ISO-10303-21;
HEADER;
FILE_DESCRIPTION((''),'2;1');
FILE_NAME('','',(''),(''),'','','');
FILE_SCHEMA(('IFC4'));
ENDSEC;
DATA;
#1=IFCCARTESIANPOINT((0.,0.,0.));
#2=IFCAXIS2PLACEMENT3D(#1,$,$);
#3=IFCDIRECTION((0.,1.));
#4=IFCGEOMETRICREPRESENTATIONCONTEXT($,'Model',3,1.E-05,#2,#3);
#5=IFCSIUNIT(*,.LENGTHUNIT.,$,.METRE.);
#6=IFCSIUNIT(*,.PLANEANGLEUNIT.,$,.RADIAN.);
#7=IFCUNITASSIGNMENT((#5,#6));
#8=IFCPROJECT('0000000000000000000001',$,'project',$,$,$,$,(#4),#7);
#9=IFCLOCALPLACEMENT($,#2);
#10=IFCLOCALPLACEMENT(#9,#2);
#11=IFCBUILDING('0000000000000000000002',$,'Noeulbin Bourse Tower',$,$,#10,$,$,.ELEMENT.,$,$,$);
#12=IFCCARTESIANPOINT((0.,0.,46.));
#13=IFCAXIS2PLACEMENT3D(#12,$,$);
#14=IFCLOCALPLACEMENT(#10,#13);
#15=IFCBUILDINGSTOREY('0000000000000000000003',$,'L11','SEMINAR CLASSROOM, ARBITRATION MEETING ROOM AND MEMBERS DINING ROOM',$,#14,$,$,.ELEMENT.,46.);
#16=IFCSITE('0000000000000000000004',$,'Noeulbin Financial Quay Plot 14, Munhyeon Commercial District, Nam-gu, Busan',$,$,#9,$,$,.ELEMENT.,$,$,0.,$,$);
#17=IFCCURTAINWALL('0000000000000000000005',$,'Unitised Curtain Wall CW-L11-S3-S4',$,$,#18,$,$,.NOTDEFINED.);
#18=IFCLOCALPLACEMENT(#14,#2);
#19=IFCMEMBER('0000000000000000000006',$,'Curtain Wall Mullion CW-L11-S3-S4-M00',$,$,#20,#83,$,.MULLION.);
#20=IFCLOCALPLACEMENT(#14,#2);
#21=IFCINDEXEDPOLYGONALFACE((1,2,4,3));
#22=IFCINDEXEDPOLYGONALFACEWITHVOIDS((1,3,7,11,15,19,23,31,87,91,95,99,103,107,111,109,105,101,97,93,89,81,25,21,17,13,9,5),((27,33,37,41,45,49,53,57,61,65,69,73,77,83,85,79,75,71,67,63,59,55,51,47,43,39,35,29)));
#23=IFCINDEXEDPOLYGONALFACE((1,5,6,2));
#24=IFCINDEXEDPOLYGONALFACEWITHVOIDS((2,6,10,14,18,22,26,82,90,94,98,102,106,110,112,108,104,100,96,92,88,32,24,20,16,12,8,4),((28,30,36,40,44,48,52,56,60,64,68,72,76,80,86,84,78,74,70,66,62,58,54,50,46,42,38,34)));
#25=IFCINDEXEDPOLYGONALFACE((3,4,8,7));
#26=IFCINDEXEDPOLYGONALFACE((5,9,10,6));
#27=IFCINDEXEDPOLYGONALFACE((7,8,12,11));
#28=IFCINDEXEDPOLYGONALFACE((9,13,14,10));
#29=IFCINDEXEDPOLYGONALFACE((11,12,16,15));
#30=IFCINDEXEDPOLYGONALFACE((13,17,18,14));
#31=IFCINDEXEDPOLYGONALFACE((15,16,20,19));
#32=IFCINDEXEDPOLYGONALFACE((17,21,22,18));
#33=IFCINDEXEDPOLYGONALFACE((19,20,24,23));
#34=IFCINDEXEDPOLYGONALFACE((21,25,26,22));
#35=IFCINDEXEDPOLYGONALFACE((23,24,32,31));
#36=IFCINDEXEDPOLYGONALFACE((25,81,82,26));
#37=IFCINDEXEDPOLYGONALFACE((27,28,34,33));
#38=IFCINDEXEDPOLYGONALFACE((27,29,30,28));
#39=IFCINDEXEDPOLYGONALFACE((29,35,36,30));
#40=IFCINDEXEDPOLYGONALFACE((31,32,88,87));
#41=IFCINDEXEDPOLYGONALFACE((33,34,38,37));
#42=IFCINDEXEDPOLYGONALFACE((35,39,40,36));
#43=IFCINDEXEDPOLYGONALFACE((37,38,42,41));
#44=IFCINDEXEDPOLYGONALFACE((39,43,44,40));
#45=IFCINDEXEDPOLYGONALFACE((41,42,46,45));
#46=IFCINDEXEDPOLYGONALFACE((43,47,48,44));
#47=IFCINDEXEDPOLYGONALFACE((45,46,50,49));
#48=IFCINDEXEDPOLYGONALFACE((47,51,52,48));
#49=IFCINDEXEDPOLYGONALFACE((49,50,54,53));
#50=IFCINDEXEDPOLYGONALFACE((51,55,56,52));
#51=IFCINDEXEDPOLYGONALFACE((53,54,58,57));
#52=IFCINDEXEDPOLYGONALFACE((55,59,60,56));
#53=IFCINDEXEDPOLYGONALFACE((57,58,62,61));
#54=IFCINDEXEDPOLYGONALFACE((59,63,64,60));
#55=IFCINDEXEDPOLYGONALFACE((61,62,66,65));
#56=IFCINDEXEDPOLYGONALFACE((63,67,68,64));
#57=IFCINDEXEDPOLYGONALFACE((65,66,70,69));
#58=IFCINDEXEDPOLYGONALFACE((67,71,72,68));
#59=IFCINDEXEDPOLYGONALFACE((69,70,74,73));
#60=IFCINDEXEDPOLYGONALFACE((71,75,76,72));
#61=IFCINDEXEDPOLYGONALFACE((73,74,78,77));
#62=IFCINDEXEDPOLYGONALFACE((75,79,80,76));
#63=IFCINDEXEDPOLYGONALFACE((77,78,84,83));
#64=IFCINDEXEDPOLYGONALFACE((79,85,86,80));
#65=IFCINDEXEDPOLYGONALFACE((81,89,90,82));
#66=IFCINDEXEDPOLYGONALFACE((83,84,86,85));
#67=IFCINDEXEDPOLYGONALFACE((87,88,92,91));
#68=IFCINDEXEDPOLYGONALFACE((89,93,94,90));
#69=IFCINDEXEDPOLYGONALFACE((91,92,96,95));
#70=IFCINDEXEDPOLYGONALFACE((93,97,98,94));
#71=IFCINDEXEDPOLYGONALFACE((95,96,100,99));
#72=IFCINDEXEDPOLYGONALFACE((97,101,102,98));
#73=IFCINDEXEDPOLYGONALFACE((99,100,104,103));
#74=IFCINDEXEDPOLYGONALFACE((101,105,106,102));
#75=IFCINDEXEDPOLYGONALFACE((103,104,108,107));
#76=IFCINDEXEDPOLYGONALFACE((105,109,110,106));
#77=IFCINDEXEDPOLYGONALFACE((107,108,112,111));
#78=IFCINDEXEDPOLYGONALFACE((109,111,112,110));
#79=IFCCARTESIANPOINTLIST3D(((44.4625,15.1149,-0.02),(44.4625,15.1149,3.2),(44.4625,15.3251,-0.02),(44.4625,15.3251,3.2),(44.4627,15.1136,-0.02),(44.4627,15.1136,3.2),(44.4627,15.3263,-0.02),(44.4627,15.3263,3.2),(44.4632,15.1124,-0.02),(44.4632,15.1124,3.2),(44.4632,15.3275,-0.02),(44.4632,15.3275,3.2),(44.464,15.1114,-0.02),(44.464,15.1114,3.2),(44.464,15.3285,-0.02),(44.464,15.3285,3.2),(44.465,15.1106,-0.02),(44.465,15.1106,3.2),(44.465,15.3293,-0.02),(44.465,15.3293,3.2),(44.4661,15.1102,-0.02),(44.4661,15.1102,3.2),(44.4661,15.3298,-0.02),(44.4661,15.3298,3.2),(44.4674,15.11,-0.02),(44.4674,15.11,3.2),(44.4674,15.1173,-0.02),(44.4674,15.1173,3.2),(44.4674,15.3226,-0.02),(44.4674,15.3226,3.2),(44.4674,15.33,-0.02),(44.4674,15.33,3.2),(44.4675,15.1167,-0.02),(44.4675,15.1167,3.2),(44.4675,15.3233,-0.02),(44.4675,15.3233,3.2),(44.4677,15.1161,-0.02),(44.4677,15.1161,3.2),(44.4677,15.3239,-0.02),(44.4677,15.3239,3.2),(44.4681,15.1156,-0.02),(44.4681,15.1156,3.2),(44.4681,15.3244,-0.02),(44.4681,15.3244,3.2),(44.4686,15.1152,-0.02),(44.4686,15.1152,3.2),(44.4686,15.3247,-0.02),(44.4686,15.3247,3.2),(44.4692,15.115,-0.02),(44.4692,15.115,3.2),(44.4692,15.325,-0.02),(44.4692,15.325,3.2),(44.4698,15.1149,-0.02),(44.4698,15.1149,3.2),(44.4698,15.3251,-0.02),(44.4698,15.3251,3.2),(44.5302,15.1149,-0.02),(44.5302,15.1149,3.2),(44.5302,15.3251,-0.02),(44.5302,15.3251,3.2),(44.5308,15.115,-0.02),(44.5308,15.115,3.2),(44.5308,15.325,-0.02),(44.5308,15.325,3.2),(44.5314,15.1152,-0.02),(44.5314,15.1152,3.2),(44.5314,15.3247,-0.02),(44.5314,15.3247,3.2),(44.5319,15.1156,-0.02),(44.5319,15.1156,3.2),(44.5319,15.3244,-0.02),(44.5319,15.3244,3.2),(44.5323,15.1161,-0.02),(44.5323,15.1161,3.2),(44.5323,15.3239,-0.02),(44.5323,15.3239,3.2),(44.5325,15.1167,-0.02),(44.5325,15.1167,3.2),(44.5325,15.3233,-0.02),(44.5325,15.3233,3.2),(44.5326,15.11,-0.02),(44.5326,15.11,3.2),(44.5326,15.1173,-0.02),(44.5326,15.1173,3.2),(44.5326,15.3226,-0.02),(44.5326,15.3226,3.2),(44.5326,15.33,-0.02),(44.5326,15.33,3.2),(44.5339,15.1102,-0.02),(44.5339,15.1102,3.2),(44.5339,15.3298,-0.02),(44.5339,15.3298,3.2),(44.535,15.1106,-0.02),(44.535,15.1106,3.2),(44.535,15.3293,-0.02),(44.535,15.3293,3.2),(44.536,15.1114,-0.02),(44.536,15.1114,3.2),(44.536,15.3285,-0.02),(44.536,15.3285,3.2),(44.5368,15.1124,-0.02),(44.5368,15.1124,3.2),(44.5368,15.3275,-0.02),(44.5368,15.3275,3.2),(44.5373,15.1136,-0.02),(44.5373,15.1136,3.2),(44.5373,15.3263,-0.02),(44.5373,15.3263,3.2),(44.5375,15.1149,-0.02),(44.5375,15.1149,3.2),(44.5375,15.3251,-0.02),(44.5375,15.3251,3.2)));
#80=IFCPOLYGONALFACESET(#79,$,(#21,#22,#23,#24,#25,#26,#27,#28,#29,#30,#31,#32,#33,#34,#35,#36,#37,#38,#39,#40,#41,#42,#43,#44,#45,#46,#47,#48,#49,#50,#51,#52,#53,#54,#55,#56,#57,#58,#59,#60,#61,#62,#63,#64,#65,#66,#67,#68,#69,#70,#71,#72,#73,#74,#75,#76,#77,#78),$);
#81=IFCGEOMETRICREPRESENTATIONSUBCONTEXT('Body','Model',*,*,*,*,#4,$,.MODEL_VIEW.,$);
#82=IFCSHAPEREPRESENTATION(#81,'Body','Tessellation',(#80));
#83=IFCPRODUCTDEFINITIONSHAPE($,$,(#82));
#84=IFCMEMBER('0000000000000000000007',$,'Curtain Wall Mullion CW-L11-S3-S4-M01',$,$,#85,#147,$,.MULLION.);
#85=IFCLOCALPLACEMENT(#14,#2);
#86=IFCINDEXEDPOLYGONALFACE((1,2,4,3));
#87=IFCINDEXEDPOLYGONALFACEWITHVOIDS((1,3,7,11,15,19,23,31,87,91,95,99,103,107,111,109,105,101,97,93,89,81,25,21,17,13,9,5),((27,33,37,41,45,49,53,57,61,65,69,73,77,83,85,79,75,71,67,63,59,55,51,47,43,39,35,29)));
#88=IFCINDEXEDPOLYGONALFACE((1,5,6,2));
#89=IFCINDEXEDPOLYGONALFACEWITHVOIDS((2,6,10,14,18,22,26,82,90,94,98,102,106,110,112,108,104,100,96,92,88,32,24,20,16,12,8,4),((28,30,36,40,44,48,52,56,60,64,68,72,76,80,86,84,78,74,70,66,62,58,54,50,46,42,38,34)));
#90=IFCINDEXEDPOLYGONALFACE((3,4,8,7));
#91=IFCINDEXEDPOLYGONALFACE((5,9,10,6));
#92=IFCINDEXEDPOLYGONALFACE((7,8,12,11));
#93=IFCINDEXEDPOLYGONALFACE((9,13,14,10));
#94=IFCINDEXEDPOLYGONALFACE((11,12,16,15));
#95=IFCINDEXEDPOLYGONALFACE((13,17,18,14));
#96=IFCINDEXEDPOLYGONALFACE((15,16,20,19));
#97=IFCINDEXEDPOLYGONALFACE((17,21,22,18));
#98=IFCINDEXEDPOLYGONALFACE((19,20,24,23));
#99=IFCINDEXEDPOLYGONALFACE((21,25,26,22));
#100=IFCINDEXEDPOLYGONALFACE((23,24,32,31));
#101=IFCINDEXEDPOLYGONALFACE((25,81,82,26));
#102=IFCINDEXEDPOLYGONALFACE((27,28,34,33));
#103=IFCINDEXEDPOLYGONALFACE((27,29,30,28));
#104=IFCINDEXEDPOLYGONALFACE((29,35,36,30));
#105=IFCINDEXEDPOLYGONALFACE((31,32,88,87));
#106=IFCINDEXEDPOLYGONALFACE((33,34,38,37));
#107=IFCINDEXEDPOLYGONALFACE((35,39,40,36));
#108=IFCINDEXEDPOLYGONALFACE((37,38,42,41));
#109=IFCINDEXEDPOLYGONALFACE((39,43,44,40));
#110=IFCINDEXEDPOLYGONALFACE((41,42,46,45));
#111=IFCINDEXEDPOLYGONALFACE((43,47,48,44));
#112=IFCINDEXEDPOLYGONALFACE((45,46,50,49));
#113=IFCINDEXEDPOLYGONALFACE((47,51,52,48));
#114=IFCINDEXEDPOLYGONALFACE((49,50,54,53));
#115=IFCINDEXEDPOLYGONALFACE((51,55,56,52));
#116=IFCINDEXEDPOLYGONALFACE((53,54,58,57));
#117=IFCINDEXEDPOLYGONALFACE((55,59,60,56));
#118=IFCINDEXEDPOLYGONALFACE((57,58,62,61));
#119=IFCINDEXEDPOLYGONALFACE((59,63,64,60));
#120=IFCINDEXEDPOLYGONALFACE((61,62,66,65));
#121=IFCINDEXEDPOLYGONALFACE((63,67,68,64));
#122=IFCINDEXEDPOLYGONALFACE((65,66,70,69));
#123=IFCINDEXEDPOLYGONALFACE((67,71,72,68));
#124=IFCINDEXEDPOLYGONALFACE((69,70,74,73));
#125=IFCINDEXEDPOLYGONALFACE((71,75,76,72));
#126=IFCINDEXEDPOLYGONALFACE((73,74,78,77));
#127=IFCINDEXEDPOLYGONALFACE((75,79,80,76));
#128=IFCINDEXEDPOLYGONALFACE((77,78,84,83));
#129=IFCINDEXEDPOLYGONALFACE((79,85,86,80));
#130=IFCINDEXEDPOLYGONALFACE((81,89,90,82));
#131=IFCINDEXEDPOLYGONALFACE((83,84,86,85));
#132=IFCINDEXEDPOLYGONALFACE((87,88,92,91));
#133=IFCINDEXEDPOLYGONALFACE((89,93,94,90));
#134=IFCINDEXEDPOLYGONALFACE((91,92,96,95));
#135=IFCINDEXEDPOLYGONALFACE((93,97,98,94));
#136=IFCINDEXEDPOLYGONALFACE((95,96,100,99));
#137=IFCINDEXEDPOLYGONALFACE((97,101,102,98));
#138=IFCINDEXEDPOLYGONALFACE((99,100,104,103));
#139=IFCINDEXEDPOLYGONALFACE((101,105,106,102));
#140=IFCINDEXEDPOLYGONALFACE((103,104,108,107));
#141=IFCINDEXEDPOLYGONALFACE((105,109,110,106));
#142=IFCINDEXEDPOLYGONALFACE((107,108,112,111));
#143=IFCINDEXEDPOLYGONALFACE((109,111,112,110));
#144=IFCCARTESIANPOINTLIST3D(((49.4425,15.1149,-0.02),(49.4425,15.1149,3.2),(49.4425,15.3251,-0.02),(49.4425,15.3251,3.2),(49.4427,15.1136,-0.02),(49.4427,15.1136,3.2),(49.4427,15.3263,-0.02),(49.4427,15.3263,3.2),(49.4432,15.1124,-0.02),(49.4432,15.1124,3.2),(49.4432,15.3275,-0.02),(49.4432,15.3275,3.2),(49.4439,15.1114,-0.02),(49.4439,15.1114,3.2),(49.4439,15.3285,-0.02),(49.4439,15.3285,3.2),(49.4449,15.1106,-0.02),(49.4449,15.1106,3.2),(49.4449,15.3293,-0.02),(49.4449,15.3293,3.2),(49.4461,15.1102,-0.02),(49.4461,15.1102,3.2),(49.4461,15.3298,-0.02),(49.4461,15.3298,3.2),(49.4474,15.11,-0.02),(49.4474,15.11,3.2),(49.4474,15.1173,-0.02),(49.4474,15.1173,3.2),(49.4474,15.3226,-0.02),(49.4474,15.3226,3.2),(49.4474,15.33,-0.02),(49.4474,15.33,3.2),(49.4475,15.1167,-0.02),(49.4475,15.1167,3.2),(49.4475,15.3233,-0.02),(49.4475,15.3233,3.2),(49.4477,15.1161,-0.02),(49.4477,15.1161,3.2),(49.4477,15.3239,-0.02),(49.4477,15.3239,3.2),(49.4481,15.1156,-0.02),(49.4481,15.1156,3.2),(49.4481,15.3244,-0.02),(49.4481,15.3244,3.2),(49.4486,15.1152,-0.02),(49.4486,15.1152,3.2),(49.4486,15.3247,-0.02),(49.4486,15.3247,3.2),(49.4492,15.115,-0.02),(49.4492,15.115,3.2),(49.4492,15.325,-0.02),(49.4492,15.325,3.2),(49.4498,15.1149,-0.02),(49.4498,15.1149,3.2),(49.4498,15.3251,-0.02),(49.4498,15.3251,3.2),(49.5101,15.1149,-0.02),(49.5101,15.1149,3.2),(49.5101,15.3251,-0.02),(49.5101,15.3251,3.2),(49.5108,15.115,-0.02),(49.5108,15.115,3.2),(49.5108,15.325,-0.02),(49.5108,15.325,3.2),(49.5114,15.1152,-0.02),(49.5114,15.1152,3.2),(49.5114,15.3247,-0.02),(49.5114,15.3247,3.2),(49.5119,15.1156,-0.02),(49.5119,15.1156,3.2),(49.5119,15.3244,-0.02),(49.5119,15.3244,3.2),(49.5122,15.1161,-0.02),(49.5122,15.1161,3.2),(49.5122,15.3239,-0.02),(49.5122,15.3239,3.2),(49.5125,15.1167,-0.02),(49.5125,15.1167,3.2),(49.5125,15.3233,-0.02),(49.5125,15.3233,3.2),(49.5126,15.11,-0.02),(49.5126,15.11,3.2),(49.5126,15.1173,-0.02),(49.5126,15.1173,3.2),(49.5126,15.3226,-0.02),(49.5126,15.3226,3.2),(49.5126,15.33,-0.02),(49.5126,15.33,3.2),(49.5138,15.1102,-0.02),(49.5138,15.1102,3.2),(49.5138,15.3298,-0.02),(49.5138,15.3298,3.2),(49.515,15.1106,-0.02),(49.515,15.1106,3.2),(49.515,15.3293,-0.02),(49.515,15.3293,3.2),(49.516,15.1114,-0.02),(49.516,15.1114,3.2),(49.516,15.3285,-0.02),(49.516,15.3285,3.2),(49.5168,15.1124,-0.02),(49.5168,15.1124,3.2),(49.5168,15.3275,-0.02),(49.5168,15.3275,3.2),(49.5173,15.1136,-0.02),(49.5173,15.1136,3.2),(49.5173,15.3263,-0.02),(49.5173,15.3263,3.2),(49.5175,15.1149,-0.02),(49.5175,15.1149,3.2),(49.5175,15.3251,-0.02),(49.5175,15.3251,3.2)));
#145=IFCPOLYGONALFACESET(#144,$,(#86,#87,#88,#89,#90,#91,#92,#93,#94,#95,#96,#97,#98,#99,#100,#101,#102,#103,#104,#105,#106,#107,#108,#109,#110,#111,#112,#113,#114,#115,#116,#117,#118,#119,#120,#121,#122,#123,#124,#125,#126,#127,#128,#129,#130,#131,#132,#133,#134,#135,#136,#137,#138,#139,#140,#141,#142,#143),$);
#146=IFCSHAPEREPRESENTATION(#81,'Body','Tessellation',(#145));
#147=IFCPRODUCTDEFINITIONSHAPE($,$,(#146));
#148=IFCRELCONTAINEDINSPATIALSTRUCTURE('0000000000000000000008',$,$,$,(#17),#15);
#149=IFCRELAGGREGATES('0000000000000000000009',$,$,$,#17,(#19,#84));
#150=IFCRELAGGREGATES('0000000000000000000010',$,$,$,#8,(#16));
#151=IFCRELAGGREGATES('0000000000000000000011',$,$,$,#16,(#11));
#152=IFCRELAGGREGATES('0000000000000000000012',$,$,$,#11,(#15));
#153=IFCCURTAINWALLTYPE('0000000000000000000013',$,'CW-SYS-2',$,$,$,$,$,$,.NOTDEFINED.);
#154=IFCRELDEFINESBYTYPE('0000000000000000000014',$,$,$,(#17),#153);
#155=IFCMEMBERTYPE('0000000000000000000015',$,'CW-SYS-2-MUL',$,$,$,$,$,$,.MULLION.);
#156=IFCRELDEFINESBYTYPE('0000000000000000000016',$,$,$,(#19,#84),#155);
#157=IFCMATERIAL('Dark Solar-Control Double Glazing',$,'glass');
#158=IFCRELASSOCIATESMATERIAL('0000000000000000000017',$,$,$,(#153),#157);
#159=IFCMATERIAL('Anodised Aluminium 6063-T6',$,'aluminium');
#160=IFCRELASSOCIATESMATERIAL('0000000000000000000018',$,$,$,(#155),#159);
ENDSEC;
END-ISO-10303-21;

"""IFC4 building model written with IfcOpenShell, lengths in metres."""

from ifc_helpers import new_model, si_unit, direction, frame, origin, origin_2d, place, context, subcontext, project, spatial, hollow_rectangle, extrude, material, material_profile, profile_set, type_object, element, aggregate, save


model = new_model("IFC4")

# Units and contexts
model_context = context("Model", 3, precision=1e-05, world=origin(), true_north=direction((0.0, 1.0)))
body_context = subcontext(model_context, "Body", "Model", "MODEL_VIEW")
ifc_project = project(units=[si_unit("LENGTHUNIT", "METRE"), si_unit("PLANEANGLEUNIT", "RADIAN")], contexts=[model_context])

# Site, building, storey
site_placement = place(None, origin())
site = spatial("IfcSite", under=ifc_project, at=site_placement, Name="Noeulbin Financial Quay Plot 14, Munhyeon Commercial District, Nam-gu, Busan", CompositionType="ELEMENT", RefElevation=0.0)
building_placement = place(site_placement, origin())
building = spatial("IfcBuilding", under=site, at=building_placement, Name="Noeulbin Bourse Tower", CompositionType="ELEMENT")
storey_placement = place(building_placement, frame((0.0, 0.0, 46.0)))
storey = spatial("IfcBuildingStorey", under=building, at=storey_placement, Name="L11", Description="SEMINAR CLASSROOM, ARBITRATION MEETING ROOM AND MEMBERS DINING ROOM", CompositionType="ELEMENT", Elevation=46.0)

# Curtain wall, members
ifc_material_1 = material(Name="Dark Solar-Control Double Glazing", Category="glass")
curtain_wall_type = type_object("IfcCurtainWallType", Name="CW-SYS-2", PredefinedType="NOTDEFINED", material=ifc_material_1)
curtain_wall_1_placement = place(storey_placement, origin())
curtain_wall_1 = element("IfcCurtainWall", 1, at=curtain_wall_1_placement, inside=storey, type_object=curtain_wall_type, Name="Unitised Curtain Wall CW-L11-S3-S4", PredefinedType="NOTDEFINED")
ifc_material_2 = material(Name="Anodised Aluminium 6063-T6", Category="aluminium")
ifc_material_profile_1 = material_profile(ifc_material_2, hollow_rectangle(XDim=0.075, YDim=0.22, WallThickness=0.0049, InnerFilletRadius=0.0024, OuterFilletRadius=0.0049, at=origin_2d()), Name="ALU-MULL-75x220x5", Category="LoadBearing")
ifc_profile_set_1 = profile_set([ifc_material_profile_1], Name="Anodised Aluminium 6063-T6")
member_type_1 = type_object("IfcMemberType", Name="CW-SYS-2-MUL", PredefinedType="MULLION", material=ifc_profile_set_1)
member_1_placement = place(storey_placement, frame((44.5, 15.22, -0.02), z_axis=(0.0, 0.0, 1.0), x_axis=(1.0, 0.0, 0.0)))
member_1 = element("IfcMember", 2, at=member_1_placement, type_object=member_type_1, Name="Curtain Wall Mullion CW-L11-S3-S4-M00", PredefinedType="MULLION", context=body_context, shape_type="SweptSolid", body=[
    extrude(hollow_rectangle(XDim=0.075, YDim=0.22, WallThickness=0.0049, InnerFilletRadius=0.0024, OuterFilletRadius=0.0049, at=origin_2d()), origin(), (0.0, 0.0, 1.0), 3.22),
])
member_2_placement = place(storey_placement, frame((49.48, 15.22, -0.02), z_axis=(0.0, 0.0, 1.0), x_axis=(1.0, 0.0, 0.0)))
member_2 = element("IfcMember", 3, at=member_2_placement, type_object=member_type_1, Name="Curtain Wall Mullion CW-L11-S3-S4-M01", PredefinedType="MULLION", context=body_context, shape_type="SweptSolid", body=[
    extrude(hollow_rectangle(XDim=0.075, YDim=0.22, WallThickness=0.0049, InnerFilletRadius=0.0024, OuterFilletRadius=0.0049, at=origin_2d()), origin(), (0.0, 0.0, 1.0), 3.22),
])

aggregate(curtain_wall_1, [member_1, member_2])

save(model, "model.ifc")
